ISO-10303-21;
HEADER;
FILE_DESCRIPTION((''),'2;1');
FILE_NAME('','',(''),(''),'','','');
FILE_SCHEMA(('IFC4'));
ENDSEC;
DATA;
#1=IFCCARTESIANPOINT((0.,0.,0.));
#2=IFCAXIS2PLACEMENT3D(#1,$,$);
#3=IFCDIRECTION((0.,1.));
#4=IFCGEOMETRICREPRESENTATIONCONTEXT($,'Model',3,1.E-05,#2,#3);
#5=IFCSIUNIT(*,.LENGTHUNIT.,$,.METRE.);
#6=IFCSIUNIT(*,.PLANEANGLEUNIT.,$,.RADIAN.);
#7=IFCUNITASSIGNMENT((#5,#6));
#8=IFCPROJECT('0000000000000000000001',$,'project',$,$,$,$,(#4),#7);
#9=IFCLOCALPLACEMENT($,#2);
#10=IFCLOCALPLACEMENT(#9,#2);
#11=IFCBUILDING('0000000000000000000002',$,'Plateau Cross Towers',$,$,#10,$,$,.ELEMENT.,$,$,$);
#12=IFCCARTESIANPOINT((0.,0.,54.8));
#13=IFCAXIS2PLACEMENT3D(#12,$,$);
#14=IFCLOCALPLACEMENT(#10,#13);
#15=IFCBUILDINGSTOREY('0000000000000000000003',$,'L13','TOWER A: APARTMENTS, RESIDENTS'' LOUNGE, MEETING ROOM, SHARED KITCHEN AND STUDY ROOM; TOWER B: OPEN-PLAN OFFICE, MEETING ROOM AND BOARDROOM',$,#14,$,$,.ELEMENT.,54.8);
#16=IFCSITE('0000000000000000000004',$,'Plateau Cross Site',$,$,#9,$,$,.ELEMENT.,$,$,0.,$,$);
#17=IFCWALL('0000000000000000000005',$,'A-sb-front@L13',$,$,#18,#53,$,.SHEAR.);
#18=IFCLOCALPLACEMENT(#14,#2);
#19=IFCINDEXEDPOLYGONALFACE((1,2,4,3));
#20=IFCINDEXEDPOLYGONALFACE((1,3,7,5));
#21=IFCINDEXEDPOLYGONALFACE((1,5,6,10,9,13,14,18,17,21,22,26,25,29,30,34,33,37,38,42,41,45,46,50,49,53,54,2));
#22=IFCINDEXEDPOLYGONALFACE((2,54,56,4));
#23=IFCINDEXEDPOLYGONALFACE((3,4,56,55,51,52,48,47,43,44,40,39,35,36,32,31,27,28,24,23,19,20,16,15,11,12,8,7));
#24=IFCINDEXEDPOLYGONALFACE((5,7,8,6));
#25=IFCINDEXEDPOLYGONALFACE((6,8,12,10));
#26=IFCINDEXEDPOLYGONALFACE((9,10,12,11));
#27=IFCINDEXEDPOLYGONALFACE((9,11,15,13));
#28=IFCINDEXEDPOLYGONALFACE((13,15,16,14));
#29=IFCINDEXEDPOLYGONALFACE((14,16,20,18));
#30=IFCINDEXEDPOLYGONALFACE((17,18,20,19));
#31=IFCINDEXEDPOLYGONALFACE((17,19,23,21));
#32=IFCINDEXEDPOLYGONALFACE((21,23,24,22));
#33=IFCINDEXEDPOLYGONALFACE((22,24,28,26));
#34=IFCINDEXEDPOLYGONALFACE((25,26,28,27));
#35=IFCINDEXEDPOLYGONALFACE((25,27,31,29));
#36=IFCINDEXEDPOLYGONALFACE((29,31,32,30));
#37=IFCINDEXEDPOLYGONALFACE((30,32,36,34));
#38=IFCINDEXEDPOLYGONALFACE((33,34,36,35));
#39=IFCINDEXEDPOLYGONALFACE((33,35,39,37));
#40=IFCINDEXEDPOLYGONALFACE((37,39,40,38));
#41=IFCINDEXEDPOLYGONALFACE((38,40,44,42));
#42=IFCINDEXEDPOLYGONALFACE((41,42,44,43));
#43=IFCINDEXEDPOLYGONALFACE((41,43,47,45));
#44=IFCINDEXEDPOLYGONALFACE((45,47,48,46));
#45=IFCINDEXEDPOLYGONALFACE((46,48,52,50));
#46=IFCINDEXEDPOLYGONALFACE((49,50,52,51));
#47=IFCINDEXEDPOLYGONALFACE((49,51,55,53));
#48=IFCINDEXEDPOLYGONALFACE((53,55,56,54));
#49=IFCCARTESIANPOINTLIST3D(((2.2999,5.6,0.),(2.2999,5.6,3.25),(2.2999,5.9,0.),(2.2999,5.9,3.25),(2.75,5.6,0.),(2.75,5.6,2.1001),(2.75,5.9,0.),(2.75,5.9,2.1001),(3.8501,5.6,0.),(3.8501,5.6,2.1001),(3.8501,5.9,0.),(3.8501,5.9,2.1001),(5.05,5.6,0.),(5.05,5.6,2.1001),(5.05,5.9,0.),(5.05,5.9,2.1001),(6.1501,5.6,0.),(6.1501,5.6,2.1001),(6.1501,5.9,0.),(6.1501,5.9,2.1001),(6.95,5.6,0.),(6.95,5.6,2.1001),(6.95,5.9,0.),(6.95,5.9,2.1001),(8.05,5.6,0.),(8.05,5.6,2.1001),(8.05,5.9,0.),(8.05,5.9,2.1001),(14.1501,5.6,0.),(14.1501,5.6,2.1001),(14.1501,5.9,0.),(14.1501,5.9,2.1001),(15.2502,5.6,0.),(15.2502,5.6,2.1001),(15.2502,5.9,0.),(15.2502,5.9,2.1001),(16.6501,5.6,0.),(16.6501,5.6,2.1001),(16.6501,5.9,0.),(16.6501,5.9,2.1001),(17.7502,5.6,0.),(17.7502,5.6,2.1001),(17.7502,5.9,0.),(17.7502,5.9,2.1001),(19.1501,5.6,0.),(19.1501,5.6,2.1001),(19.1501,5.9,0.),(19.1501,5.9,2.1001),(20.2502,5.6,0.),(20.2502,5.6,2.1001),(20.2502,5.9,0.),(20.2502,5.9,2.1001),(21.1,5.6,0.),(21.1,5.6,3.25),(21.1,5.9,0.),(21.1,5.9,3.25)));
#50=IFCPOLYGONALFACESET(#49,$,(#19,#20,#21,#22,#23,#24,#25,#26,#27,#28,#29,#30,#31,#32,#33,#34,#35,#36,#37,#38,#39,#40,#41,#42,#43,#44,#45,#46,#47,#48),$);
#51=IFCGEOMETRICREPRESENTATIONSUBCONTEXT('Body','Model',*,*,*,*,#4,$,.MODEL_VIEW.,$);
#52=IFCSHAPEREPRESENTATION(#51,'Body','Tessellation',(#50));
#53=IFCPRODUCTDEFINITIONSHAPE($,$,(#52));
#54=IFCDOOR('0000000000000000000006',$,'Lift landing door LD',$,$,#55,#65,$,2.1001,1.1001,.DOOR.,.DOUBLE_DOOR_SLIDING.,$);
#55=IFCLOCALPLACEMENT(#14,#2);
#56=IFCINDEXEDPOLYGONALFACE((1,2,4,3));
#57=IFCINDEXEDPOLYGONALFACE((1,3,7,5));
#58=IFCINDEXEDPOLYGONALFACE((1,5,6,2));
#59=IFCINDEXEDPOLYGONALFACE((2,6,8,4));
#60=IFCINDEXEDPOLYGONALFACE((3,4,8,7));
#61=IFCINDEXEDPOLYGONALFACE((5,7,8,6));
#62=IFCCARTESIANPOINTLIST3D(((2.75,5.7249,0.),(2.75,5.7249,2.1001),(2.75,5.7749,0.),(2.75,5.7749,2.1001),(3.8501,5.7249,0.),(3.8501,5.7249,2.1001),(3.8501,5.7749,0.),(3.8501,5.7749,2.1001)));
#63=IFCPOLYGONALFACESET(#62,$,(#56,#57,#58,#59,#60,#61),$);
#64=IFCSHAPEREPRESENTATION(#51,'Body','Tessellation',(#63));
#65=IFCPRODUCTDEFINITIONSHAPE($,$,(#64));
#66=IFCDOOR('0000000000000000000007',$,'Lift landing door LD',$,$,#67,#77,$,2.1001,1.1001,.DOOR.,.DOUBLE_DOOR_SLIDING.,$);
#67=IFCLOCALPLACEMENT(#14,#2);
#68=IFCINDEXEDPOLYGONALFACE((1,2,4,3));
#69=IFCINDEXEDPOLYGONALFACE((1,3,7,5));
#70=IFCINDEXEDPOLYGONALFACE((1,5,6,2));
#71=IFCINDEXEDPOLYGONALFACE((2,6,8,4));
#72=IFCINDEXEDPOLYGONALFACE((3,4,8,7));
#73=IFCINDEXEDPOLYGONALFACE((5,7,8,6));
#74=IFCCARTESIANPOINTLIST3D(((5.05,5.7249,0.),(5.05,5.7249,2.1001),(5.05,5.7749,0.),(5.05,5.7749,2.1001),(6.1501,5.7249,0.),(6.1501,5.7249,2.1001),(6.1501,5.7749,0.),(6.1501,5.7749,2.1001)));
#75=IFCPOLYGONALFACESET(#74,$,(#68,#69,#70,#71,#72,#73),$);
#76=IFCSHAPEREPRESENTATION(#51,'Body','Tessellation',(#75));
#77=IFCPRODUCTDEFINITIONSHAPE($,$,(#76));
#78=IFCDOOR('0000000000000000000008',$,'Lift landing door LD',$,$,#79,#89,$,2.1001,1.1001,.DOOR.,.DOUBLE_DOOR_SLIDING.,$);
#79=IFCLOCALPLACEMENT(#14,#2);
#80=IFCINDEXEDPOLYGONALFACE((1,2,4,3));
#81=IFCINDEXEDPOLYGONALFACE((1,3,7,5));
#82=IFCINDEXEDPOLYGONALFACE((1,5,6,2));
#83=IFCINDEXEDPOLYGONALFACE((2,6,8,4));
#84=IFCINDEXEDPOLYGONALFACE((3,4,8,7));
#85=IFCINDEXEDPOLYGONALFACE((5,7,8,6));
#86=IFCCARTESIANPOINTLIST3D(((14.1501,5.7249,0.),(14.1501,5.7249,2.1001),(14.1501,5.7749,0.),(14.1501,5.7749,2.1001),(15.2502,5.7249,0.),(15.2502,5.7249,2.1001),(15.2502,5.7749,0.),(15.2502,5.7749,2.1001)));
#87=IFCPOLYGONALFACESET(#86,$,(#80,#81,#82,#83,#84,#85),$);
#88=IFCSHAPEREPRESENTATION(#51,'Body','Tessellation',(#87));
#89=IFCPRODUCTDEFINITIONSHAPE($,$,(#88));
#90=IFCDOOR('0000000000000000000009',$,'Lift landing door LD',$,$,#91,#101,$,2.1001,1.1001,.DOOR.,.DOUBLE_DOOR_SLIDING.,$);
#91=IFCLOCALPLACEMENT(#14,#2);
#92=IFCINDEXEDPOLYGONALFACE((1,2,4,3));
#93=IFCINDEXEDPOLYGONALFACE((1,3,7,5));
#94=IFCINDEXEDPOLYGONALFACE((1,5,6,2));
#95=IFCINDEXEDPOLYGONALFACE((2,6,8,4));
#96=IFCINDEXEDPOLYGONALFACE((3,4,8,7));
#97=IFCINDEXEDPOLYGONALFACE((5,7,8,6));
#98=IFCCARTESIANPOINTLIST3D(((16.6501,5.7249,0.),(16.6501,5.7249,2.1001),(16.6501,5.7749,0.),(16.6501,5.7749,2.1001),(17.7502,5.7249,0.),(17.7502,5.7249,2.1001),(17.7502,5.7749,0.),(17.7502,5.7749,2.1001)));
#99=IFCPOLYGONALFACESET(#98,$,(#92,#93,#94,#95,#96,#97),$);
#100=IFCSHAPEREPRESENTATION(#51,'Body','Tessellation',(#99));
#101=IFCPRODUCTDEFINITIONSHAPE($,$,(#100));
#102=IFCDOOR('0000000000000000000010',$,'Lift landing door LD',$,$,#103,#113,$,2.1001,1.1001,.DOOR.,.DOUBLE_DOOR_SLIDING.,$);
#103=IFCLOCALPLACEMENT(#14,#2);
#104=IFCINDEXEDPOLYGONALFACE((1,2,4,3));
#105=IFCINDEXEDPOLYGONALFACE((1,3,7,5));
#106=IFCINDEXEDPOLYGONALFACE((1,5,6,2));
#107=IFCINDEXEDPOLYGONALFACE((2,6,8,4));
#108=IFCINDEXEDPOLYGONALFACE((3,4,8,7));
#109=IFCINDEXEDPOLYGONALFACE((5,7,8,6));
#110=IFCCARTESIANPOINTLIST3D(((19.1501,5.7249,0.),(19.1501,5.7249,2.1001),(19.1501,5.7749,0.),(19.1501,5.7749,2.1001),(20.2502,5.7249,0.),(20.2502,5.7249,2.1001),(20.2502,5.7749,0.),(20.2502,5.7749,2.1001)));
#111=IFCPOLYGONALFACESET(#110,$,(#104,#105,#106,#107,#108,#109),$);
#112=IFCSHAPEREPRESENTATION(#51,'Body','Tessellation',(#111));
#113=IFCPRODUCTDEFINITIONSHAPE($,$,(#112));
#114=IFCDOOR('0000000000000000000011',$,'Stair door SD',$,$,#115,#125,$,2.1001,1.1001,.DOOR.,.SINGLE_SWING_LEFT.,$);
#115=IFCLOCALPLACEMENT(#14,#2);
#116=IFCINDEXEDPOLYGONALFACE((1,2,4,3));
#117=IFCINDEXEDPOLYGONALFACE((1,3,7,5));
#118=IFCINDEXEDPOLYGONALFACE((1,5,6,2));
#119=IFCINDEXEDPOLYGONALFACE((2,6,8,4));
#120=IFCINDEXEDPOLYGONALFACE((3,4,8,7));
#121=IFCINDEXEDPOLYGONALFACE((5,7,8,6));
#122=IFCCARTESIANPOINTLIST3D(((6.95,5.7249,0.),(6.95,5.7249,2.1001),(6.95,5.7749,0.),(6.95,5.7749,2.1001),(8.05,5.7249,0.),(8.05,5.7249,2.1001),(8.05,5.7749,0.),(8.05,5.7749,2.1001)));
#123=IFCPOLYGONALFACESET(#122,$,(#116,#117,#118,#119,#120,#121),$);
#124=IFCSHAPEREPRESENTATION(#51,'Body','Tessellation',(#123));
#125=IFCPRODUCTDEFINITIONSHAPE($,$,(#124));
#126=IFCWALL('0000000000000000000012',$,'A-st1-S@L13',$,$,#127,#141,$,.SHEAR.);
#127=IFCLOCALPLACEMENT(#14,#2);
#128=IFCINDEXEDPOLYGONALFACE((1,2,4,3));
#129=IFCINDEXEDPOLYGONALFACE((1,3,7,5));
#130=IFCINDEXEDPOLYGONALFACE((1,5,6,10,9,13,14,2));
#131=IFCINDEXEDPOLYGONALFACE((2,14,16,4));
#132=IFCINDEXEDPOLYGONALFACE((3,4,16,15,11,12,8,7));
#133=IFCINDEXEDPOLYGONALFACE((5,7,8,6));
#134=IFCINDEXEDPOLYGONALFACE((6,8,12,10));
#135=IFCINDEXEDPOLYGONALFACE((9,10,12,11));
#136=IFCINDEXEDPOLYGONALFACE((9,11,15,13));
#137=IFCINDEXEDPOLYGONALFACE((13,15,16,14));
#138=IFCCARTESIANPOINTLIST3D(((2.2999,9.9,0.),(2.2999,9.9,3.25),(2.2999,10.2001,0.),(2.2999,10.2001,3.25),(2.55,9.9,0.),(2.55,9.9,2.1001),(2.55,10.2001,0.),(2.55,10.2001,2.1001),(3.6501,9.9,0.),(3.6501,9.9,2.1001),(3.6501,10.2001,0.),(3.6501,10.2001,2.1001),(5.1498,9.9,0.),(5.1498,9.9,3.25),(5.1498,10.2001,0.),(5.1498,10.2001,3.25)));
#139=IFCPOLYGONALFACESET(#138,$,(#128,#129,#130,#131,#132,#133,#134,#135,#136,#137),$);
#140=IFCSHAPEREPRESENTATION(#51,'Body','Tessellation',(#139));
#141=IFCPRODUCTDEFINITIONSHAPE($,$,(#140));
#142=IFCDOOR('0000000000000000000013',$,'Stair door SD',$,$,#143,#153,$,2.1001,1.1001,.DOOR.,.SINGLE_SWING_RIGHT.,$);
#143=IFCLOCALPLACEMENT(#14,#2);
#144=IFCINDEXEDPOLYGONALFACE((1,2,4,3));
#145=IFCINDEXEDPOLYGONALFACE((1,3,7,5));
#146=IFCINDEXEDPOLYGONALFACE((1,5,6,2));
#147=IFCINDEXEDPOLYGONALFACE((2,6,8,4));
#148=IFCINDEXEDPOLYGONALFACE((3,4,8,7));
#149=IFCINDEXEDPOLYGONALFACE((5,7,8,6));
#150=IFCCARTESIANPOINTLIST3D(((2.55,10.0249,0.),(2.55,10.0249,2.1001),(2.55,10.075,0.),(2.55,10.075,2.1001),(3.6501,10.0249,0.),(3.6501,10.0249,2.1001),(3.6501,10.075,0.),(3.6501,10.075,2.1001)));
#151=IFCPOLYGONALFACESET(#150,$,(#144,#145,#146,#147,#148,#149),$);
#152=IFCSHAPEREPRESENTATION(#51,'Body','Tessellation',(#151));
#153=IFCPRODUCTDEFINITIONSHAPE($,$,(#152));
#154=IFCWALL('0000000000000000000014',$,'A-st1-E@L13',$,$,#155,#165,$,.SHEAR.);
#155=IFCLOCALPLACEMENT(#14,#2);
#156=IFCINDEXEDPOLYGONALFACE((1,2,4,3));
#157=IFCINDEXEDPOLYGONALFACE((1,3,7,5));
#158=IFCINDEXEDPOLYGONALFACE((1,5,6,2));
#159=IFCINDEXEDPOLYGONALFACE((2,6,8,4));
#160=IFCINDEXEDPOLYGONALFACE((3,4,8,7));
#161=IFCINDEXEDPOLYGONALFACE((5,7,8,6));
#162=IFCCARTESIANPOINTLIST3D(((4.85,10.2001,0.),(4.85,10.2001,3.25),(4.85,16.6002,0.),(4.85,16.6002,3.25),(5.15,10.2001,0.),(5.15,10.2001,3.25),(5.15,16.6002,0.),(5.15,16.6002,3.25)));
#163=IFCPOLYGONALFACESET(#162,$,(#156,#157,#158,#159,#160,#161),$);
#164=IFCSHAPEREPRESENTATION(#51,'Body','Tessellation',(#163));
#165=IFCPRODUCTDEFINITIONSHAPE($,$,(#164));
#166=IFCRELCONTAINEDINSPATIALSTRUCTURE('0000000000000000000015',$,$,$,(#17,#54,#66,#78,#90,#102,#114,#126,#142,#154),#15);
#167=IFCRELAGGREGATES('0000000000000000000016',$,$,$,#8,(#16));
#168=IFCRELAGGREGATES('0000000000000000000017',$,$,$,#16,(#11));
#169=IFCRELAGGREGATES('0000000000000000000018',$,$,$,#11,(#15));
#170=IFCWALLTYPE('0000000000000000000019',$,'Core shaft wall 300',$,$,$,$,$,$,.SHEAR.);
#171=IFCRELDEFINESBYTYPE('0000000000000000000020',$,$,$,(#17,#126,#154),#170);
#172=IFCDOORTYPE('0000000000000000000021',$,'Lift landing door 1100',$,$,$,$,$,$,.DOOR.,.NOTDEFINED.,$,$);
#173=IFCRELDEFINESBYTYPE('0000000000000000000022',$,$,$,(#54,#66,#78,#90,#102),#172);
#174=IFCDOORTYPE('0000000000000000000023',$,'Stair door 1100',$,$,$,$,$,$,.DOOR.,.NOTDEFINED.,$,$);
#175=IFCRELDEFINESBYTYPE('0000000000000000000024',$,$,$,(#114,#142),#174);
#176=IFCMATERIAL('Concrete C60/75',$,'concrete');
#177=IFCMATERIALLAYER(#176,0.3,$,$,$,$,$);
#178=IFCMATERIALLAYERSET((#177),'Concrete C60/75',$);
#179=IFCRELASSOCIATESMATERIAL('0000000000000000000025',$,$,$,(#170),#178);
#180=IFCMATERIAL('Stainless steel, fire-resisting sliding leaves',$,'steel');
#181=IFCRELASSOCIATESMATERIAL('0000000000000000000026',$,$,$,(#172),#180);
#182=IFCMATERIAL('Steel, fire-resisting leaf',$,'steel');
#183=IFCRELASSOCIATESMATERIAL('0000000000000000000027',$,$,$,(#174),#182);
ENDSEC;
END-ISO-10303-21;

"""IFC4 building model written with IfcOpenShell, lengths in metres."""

from ifc_helpers import new_model, si_unit, direction, frame, frame_2d, origin, place, context, subcontext, project, spatial, rectangle, extrude, material, layer, layer_set, type_object, element, fill, save


model = new_model("IFC4")

# Units and contexts
model_context = context("Model", 3, precision=1e-05, world=origin(), true_north=direction((0.0, 1.0)))
body_context = subcontext(model_context, "Body", "Model", "MODEL_VIEW")
ifc_project = project(units=[si_unit("LENGTHUNIT", "METRE"), si_unit("PLANEANGLEUNIT", "RADIAN")], contexts=[model_context])

# Site, building, storey
site_placement = place(None, origin())
site = spatial("IfcSite", under=ifc_project, at=site_placement, Name="Plateau Cross Site", CompositionType="ELEMENT", RefElevation=0.0)
building_placement = place(site_placement, origin())
building = spatial("IfcBuilding", under=site, at=building_placement, Name="Plateau Cross Towers", CompositionType="ELEMENT")
storey_placement = place(building_placement, frame((0.0, 0.0, 54.8)))
storey = spatial("IfcBuildingStorey", under=building, at=storey_placement, Name="L13", Description="TOWER A: APARTMENTS, RESIDENTS' LOUNGE, MEETING ROOM, SHARED KITCHEN AND STUDY ROOM; TOWER B: OPEN-PLAN OFFICE, MEETING ROOM AND BOARDROOM", CompositionType="ELEMENT", Elevation=54.8)

# Shared definitions
ifc_material_1 = material(Name="Steel, fire-resisting leaf", Category="steel")

# Shared definitions
ifc_material_2 = material(Name="Concrete C60/75", Category="concrete")
ifc_layer_1 = layer(ifc_material_2, 0.3)
ifc_layer_set_1 = layer_set([ifc_layer_1], Name="Concrete C60/75")
wall_type_1 = type_object("IfcWallType", Name="Core shaft wall 300", PredefinedType="SHEAR", material=ifc_layer_set_1)

# Wall, openings, doors
wall_1_placement = place(storey_placement, frame((2.3, 5.75, 0.0), z_axis=(0.0, 0.0, 1.0), x_axis=(1.0, 0.0, 0.0)))
wall_1 = element("IfcWall", 1, at=wall_1_placement, inside=storey, type_object=wall_type_1, Name="A-sb-front@L13", PredefinedType="SHEAR", context=body_context, shape_type="SweptSolid", body=[
    extrude(rectangle(XDim=18.8, YDim=0.3, at=frame_2d((9.3999, 0.0))), origin(), (0.0, 0.0, 1.0), 3.25),
])
opening_1_placement = place(wall_1_placement, frame((4.6499, 0.0, 0.0)))
opening_1 = element("IfcOpeningElement", 2, at=opening_1_placement, cuts=wall_1, PredefinedType="OPENING", context=body_context, shape_type="SweptSolid", body=[
    extrude(rectangle(XDim=1.1001, YDim=2.1001, at=frame_2d((0.55, 1.05))), frame((0.0, 0.1599, 0.0), z_axis=(0.0, -1.0, 0.0), x_axis=(1.0, 0.0, 0.0)), (0.0, 0.0, 1.0), 0.3201),
])
opening_2_placement = place(wall_1_placement, frame((0.45, 0.0, 0.0)))
opening_2 = element("IfcOpeningElement", 3, at=opening_2_placement, cuts=wall_1, PredefinedType="OPENING", context=body_context, shape_type="SweptSolid", body=[
    extrude(rectangle(XDim=1.1001, YDim=2.1001, at=frame_2d((0.55, 1.05))), frame((0.0, 0.1599, 0.0), z_axis=(0.0, -1.0, 0.0), x_axis=(1.0, 0.0, 0.0)), (0.0, 0.0, 1.0), 0.3201),
])
opening_3_placement = place(wall_1_placement, frame((2.75, 0.0, 0.0)))
opening_3 = element("IfcOpeningElement", 4, at=opening_3_placement, cuts=wall_1, PredefinedType="OPENING", context=body_context, shape_type="SweptSolid", body=[
    extrude(rectangle(XDim=1.1001, YDim=2.1001, at=frame_2d((0.55, 1.05))), frame((0.0, 0.1599, 0.0), z_axis=(0.0, -1.0, 0.0), x_axis=(1.0, 0.0, 0.0)), (0.0, 0.0, 1.0), 0.3201),
])
opening_4_placement = place(wall_1_placement, frame((11.8501, 0.0, 0.0)))
opening_4 = element("IfcOpeningElement", 5, at=opening_4_placement, cuts=wall_1, PredefinedType="OPENING", context=body_context, shape_type="SweptSolid", body=[
    extrude(rectangle(XDim=1.1001, YDim=2.1001, at=frame_2d((0.55, 1.05))), frame((0.0, 0.1599, 0.0), z_axis=(0.0, -1.0, 0.0), x_axis=(1.0, 0.0, 0.0)), (0.0, 0.0, 1.0), 0.3201),
])
opening_5_placement = place(wall_1_placement, frame((14.3501, 0.0, 0.0)))
opening_5 = element("IfcOpeningElement", 6, at=opening_5_placement, cuts=wall_1, PredefinedType="OPENING", context=body_context, shape_type="SweptSolid", body=[
    extrude(rectangle(XDim=1.1001, YDim=2.1001, at=frame_2d((0.55, 1.05))), frame((0.0, 0.1599, 0.0), z_axis=(0.0, -1.0, 0.0), x_axis=(1.0, 0.0, 0.0)), (0.0, 0.0, 1.0), 0.3201),
])
opening_6_placement = place(wall_1_placement, frame((16.8501, 0.0, 0.0)))
opening_6 = element("IfcOpeningElement", 7, at=opening_6_placement, cuts=wall_1, PredefinedType="OPENING", context=body_context, shape_type="SweptSolid", body=[
    extrude(rectangle(XDim=1.1001, YDim=2.1001, at=frame_2d((0.55, 1.05))), frame((0.0, 0.1599, 0.0), z_axis=(0.0, -1.0, 0.0), x_axis=(1.0, 0.0, 0.0)), (0.0, 0.0, 1.0), 0.3201),
])
ifc_material_3 = material(Name="Stainless steel, fire-resisting sliding leaves", Category="steel")
door_type_1 = type_object("IfcDoorType", Name="Lift landing door 1100", OperationType="NOTDEFINED", PredefinedType="DOOR", material=ifc_material_3)
door_1_placement = place(opening_2_placement, origin())
door_1 = element("IfcDoor", 8, at=door_1_placement, inside=storey, type_object=door_type_1, Name="Lift landing door LD", OperationType="DOUBLE_DOOR_SLIDING", OverallHeight=2.1001, OverallWidth=1.1001, PredefinedType="DOOR", context=body_context, shape_type="SweptSolid", body=[
    extrude(rectangle(XDim=1.1001, YDim=2.1001, at=frame_2d((0.55, 1.05))), frame((0.0, 0.0249, 0.0), z_axis=(0.0, -1.0, 0.0), x_axis=(1.0, 0.0, 0.0)), (0.0, 0.0, 1.0), 0.05),
])
fill(opening_2, door_1)
door_2_placement = place(opening_3_placement, origin())
door_2 = element("IfcDoor", 9, at=door_2_placement, inside=storey, type_object=door_type_1, Name="Lift landing door LD", OperationType="DOUBLE_DOOR_SLIDING", OverallHeight=2.1001, OverallWidth=1.1001, PredefinedType="DOOR", context=body_context, shape_type="SweptSolid", body=[
    extrude(rectangle(XDim=1.1001, YDim=2.1001, at=frame_2d((0.55, 1.05))), frame((0.0, 0.0249, 0.0), z_axis=(0.0, -1.0, 0.0), x_axis=(1.0, 0.0, 0.0)), (0.0, 0.0, 1.0), 0.05),
])
fill(opening_3, door_2)
door_3_placement = place(opening_4_placement, origin())
door_3 = element("IfcDoor", 10, at=door_3_placement, inside=storey, type_object=door_type_1, Name="Lift landing door LD", OperationType="DOUBLE_DOOR_SLIDING", OverallHeight=2.1001, OverallWidth=1.1001, PredefinedType="DOOR", context=body_context, shape_type="SweptSolid", body=[
    extrude(rectangle(XDim=1.1001, YDim=2.1001, at=frame_2d((0.55, 1.05))), frame((0.0, 0.0249, 0.0), z_axis=(0.0, -1.0, 0.0), x_axis=(1.0, 0.0, 0.0)), (0.0, 0.0, 1.0), 0.05),
])
fill(opening_4, door_3)
door_4_placement = place(opening_5_placement, origin())
door_4 = element("IfcDoor", 11, at=door_4_placement, inside=storey, type_object=door_type_1, Name="Lift landing door LD", OperationType="DOUBLE_DOOR_SLIDING", OverallHeight=2.1001, OverallWidth=1.1001, PredefinedType="DOOR", context=body_context, shape_type="SweptSolid", body=[
    extrude(rectangle(XDim=1.1001, YDim=2.1001, at=frame_2d((0.55, 1.05))), frame((0.0, 0.0249, 0.0), z_axis=(0.0, -1.0, 0.0), x_axis=(1.0, 0.0, 0.0)), (0.0, 0.0, 1.0), 0.05),
])
fill(opening_5, door_4)
door_5_placement = place(opening_6_placement, origin())
door_5 = element("IfcDoor", 12, at=door_5_placement, inside=storey, type_object=door_type_1, Name="Lift landing door LD", OperationType="DOUBLE_DOOR_SLIDING", OverallHeight=2.1001, OverallWidth=1.1001, PredefinedType="DOOR", context=body_context, shape_type="SweptSolid", body=[
    extrude(rectangle(XDim=1.1001, YDim=2.1001, at=frame_2d((0.55, 1.05))), frame((0.0, 0.0249, 0.0), z_axis=(0.0, -1.0, 0.0), x_axis=(1.0, 0.0, 0.0)), (0.0, 0.0, 1.0), 0.05),
])
fill(opening_6, door_5)
door_type_2 = type_object("IfcDoorType", Name="Stair door 1100", OperationType="NOTDEFINED", PredefinedType="DOOR", material=ifc_material_1)
door_6_placement = place(opening_1_placement, origin())
door_6 = element("IfcDoor", 13, at=door_6_placement, inside=storey, type_object=door_type_2, Name="Stair door SD", OperationType="SINGLE_SWING_LEFT", OverallHeight=2.1001, OverallWidth=1.1001, PredefinedType="DOOR", context=body_context, shape_type="SweptSolid", body=[
    extrude(rectangle(XDim=1.1001, YDim=2.1001, at=frame_2d((0.55, 1.05))), frame((0.0, 0.0249, 0.0), z_axis=(0.0, -1.0, 0.0), x_axis=(1.0, 0.0, 0.0)), (0.0, 0.0, 1.0), 0.05),
])
fill(opening_1, door_6)

# Wall, opening, door
wall_2_placement = place(storey_placement, frame((2.3, 10.05, 0.0), z_axis=(0.0, 0.0, 1.0), x_axis=(1.0, 0.0, 0.0)))
wall_2 = element("IfcWall", 14, at=wall_2_placement, inside=storey, type_object=wall_type_1, Name="A-st1-S@L13", PredefinedType="SHEAR", context=body_context, shape_type="SweptSolid", body=[
    extrude(rectangle(XDim=2.8499, YDim=0.3, at=frame_2d((1.4248, 0.0))), origin(), (0.0, 0.0, 1.0), 3.25),
])
opening_7_placement = place(wall_2_placement, frame((0.25, 0.0, 0.0)))
opening_7 = element("IfcOpeningElement", 15, at=opening_7_placement, cuts=wall_2, PredefinedType="OPENING", context=body_context, shape_type="SweptSolid", body=[
    extrude(rectangle(XDim=1.1001, YDim=2.1001, at=frame_2d((0.55, 1.05))), frame((0.0, 0.1599, 0.0), z_axis=(0.0, -1.0, 0.0), x_axis=(1.0, 0.0, 0.0)), (0.0, 0.0, 1.0), 0.3201),
])
door_7_placement = place(opening_7_placement, origin())
door_7 = element("IfcDoor", 16, at=door_7_placement, inside=storey, type_object=door_type_2, Name="Stair door SD", OperationType="SINGLE_SWING_RIGHT", OverallHeight=2.1001, OverallWidth=1.1001, PredefinedType="DOOR", context=body_context, shape_type="SweptSolid", body=[
    extrude(rectangle(XDim=1.1001, YDim=2.1001, at=frame_2d((0.55, 1.05))), frame((0.0, 0.0249, 0.0), z_axis=(0.0, -1.0, 0.0), x_axis=(1.0, 0.0, 0.0)), (0.0, 0.0, 1.0), 0.05),
])
fill(opening_7, door_7)

# Wall
wall_3_placement = place(storey_placement, frame((5.0, 10.2, 0.0), z_axis=(0.0, 0.0, 1.0), x_axis=(0.0, 1.0, 0.0)))
element("IfcWall", 17, at=wall_3_placement, inside=storey, type_object=wall_type_1, Name="A-st1-E@L13", PredefinedType="SHEAR", context=body_context, shape_type="SweptSolid", body=[
    extrude(rectangle(XDim=6.4001, YDim=0.3, at=frame_2d((3.2002, 0.0))), origin(), (0.0, 0.0, 1.0), 3.25),
])

save(model, "model.ifc")
